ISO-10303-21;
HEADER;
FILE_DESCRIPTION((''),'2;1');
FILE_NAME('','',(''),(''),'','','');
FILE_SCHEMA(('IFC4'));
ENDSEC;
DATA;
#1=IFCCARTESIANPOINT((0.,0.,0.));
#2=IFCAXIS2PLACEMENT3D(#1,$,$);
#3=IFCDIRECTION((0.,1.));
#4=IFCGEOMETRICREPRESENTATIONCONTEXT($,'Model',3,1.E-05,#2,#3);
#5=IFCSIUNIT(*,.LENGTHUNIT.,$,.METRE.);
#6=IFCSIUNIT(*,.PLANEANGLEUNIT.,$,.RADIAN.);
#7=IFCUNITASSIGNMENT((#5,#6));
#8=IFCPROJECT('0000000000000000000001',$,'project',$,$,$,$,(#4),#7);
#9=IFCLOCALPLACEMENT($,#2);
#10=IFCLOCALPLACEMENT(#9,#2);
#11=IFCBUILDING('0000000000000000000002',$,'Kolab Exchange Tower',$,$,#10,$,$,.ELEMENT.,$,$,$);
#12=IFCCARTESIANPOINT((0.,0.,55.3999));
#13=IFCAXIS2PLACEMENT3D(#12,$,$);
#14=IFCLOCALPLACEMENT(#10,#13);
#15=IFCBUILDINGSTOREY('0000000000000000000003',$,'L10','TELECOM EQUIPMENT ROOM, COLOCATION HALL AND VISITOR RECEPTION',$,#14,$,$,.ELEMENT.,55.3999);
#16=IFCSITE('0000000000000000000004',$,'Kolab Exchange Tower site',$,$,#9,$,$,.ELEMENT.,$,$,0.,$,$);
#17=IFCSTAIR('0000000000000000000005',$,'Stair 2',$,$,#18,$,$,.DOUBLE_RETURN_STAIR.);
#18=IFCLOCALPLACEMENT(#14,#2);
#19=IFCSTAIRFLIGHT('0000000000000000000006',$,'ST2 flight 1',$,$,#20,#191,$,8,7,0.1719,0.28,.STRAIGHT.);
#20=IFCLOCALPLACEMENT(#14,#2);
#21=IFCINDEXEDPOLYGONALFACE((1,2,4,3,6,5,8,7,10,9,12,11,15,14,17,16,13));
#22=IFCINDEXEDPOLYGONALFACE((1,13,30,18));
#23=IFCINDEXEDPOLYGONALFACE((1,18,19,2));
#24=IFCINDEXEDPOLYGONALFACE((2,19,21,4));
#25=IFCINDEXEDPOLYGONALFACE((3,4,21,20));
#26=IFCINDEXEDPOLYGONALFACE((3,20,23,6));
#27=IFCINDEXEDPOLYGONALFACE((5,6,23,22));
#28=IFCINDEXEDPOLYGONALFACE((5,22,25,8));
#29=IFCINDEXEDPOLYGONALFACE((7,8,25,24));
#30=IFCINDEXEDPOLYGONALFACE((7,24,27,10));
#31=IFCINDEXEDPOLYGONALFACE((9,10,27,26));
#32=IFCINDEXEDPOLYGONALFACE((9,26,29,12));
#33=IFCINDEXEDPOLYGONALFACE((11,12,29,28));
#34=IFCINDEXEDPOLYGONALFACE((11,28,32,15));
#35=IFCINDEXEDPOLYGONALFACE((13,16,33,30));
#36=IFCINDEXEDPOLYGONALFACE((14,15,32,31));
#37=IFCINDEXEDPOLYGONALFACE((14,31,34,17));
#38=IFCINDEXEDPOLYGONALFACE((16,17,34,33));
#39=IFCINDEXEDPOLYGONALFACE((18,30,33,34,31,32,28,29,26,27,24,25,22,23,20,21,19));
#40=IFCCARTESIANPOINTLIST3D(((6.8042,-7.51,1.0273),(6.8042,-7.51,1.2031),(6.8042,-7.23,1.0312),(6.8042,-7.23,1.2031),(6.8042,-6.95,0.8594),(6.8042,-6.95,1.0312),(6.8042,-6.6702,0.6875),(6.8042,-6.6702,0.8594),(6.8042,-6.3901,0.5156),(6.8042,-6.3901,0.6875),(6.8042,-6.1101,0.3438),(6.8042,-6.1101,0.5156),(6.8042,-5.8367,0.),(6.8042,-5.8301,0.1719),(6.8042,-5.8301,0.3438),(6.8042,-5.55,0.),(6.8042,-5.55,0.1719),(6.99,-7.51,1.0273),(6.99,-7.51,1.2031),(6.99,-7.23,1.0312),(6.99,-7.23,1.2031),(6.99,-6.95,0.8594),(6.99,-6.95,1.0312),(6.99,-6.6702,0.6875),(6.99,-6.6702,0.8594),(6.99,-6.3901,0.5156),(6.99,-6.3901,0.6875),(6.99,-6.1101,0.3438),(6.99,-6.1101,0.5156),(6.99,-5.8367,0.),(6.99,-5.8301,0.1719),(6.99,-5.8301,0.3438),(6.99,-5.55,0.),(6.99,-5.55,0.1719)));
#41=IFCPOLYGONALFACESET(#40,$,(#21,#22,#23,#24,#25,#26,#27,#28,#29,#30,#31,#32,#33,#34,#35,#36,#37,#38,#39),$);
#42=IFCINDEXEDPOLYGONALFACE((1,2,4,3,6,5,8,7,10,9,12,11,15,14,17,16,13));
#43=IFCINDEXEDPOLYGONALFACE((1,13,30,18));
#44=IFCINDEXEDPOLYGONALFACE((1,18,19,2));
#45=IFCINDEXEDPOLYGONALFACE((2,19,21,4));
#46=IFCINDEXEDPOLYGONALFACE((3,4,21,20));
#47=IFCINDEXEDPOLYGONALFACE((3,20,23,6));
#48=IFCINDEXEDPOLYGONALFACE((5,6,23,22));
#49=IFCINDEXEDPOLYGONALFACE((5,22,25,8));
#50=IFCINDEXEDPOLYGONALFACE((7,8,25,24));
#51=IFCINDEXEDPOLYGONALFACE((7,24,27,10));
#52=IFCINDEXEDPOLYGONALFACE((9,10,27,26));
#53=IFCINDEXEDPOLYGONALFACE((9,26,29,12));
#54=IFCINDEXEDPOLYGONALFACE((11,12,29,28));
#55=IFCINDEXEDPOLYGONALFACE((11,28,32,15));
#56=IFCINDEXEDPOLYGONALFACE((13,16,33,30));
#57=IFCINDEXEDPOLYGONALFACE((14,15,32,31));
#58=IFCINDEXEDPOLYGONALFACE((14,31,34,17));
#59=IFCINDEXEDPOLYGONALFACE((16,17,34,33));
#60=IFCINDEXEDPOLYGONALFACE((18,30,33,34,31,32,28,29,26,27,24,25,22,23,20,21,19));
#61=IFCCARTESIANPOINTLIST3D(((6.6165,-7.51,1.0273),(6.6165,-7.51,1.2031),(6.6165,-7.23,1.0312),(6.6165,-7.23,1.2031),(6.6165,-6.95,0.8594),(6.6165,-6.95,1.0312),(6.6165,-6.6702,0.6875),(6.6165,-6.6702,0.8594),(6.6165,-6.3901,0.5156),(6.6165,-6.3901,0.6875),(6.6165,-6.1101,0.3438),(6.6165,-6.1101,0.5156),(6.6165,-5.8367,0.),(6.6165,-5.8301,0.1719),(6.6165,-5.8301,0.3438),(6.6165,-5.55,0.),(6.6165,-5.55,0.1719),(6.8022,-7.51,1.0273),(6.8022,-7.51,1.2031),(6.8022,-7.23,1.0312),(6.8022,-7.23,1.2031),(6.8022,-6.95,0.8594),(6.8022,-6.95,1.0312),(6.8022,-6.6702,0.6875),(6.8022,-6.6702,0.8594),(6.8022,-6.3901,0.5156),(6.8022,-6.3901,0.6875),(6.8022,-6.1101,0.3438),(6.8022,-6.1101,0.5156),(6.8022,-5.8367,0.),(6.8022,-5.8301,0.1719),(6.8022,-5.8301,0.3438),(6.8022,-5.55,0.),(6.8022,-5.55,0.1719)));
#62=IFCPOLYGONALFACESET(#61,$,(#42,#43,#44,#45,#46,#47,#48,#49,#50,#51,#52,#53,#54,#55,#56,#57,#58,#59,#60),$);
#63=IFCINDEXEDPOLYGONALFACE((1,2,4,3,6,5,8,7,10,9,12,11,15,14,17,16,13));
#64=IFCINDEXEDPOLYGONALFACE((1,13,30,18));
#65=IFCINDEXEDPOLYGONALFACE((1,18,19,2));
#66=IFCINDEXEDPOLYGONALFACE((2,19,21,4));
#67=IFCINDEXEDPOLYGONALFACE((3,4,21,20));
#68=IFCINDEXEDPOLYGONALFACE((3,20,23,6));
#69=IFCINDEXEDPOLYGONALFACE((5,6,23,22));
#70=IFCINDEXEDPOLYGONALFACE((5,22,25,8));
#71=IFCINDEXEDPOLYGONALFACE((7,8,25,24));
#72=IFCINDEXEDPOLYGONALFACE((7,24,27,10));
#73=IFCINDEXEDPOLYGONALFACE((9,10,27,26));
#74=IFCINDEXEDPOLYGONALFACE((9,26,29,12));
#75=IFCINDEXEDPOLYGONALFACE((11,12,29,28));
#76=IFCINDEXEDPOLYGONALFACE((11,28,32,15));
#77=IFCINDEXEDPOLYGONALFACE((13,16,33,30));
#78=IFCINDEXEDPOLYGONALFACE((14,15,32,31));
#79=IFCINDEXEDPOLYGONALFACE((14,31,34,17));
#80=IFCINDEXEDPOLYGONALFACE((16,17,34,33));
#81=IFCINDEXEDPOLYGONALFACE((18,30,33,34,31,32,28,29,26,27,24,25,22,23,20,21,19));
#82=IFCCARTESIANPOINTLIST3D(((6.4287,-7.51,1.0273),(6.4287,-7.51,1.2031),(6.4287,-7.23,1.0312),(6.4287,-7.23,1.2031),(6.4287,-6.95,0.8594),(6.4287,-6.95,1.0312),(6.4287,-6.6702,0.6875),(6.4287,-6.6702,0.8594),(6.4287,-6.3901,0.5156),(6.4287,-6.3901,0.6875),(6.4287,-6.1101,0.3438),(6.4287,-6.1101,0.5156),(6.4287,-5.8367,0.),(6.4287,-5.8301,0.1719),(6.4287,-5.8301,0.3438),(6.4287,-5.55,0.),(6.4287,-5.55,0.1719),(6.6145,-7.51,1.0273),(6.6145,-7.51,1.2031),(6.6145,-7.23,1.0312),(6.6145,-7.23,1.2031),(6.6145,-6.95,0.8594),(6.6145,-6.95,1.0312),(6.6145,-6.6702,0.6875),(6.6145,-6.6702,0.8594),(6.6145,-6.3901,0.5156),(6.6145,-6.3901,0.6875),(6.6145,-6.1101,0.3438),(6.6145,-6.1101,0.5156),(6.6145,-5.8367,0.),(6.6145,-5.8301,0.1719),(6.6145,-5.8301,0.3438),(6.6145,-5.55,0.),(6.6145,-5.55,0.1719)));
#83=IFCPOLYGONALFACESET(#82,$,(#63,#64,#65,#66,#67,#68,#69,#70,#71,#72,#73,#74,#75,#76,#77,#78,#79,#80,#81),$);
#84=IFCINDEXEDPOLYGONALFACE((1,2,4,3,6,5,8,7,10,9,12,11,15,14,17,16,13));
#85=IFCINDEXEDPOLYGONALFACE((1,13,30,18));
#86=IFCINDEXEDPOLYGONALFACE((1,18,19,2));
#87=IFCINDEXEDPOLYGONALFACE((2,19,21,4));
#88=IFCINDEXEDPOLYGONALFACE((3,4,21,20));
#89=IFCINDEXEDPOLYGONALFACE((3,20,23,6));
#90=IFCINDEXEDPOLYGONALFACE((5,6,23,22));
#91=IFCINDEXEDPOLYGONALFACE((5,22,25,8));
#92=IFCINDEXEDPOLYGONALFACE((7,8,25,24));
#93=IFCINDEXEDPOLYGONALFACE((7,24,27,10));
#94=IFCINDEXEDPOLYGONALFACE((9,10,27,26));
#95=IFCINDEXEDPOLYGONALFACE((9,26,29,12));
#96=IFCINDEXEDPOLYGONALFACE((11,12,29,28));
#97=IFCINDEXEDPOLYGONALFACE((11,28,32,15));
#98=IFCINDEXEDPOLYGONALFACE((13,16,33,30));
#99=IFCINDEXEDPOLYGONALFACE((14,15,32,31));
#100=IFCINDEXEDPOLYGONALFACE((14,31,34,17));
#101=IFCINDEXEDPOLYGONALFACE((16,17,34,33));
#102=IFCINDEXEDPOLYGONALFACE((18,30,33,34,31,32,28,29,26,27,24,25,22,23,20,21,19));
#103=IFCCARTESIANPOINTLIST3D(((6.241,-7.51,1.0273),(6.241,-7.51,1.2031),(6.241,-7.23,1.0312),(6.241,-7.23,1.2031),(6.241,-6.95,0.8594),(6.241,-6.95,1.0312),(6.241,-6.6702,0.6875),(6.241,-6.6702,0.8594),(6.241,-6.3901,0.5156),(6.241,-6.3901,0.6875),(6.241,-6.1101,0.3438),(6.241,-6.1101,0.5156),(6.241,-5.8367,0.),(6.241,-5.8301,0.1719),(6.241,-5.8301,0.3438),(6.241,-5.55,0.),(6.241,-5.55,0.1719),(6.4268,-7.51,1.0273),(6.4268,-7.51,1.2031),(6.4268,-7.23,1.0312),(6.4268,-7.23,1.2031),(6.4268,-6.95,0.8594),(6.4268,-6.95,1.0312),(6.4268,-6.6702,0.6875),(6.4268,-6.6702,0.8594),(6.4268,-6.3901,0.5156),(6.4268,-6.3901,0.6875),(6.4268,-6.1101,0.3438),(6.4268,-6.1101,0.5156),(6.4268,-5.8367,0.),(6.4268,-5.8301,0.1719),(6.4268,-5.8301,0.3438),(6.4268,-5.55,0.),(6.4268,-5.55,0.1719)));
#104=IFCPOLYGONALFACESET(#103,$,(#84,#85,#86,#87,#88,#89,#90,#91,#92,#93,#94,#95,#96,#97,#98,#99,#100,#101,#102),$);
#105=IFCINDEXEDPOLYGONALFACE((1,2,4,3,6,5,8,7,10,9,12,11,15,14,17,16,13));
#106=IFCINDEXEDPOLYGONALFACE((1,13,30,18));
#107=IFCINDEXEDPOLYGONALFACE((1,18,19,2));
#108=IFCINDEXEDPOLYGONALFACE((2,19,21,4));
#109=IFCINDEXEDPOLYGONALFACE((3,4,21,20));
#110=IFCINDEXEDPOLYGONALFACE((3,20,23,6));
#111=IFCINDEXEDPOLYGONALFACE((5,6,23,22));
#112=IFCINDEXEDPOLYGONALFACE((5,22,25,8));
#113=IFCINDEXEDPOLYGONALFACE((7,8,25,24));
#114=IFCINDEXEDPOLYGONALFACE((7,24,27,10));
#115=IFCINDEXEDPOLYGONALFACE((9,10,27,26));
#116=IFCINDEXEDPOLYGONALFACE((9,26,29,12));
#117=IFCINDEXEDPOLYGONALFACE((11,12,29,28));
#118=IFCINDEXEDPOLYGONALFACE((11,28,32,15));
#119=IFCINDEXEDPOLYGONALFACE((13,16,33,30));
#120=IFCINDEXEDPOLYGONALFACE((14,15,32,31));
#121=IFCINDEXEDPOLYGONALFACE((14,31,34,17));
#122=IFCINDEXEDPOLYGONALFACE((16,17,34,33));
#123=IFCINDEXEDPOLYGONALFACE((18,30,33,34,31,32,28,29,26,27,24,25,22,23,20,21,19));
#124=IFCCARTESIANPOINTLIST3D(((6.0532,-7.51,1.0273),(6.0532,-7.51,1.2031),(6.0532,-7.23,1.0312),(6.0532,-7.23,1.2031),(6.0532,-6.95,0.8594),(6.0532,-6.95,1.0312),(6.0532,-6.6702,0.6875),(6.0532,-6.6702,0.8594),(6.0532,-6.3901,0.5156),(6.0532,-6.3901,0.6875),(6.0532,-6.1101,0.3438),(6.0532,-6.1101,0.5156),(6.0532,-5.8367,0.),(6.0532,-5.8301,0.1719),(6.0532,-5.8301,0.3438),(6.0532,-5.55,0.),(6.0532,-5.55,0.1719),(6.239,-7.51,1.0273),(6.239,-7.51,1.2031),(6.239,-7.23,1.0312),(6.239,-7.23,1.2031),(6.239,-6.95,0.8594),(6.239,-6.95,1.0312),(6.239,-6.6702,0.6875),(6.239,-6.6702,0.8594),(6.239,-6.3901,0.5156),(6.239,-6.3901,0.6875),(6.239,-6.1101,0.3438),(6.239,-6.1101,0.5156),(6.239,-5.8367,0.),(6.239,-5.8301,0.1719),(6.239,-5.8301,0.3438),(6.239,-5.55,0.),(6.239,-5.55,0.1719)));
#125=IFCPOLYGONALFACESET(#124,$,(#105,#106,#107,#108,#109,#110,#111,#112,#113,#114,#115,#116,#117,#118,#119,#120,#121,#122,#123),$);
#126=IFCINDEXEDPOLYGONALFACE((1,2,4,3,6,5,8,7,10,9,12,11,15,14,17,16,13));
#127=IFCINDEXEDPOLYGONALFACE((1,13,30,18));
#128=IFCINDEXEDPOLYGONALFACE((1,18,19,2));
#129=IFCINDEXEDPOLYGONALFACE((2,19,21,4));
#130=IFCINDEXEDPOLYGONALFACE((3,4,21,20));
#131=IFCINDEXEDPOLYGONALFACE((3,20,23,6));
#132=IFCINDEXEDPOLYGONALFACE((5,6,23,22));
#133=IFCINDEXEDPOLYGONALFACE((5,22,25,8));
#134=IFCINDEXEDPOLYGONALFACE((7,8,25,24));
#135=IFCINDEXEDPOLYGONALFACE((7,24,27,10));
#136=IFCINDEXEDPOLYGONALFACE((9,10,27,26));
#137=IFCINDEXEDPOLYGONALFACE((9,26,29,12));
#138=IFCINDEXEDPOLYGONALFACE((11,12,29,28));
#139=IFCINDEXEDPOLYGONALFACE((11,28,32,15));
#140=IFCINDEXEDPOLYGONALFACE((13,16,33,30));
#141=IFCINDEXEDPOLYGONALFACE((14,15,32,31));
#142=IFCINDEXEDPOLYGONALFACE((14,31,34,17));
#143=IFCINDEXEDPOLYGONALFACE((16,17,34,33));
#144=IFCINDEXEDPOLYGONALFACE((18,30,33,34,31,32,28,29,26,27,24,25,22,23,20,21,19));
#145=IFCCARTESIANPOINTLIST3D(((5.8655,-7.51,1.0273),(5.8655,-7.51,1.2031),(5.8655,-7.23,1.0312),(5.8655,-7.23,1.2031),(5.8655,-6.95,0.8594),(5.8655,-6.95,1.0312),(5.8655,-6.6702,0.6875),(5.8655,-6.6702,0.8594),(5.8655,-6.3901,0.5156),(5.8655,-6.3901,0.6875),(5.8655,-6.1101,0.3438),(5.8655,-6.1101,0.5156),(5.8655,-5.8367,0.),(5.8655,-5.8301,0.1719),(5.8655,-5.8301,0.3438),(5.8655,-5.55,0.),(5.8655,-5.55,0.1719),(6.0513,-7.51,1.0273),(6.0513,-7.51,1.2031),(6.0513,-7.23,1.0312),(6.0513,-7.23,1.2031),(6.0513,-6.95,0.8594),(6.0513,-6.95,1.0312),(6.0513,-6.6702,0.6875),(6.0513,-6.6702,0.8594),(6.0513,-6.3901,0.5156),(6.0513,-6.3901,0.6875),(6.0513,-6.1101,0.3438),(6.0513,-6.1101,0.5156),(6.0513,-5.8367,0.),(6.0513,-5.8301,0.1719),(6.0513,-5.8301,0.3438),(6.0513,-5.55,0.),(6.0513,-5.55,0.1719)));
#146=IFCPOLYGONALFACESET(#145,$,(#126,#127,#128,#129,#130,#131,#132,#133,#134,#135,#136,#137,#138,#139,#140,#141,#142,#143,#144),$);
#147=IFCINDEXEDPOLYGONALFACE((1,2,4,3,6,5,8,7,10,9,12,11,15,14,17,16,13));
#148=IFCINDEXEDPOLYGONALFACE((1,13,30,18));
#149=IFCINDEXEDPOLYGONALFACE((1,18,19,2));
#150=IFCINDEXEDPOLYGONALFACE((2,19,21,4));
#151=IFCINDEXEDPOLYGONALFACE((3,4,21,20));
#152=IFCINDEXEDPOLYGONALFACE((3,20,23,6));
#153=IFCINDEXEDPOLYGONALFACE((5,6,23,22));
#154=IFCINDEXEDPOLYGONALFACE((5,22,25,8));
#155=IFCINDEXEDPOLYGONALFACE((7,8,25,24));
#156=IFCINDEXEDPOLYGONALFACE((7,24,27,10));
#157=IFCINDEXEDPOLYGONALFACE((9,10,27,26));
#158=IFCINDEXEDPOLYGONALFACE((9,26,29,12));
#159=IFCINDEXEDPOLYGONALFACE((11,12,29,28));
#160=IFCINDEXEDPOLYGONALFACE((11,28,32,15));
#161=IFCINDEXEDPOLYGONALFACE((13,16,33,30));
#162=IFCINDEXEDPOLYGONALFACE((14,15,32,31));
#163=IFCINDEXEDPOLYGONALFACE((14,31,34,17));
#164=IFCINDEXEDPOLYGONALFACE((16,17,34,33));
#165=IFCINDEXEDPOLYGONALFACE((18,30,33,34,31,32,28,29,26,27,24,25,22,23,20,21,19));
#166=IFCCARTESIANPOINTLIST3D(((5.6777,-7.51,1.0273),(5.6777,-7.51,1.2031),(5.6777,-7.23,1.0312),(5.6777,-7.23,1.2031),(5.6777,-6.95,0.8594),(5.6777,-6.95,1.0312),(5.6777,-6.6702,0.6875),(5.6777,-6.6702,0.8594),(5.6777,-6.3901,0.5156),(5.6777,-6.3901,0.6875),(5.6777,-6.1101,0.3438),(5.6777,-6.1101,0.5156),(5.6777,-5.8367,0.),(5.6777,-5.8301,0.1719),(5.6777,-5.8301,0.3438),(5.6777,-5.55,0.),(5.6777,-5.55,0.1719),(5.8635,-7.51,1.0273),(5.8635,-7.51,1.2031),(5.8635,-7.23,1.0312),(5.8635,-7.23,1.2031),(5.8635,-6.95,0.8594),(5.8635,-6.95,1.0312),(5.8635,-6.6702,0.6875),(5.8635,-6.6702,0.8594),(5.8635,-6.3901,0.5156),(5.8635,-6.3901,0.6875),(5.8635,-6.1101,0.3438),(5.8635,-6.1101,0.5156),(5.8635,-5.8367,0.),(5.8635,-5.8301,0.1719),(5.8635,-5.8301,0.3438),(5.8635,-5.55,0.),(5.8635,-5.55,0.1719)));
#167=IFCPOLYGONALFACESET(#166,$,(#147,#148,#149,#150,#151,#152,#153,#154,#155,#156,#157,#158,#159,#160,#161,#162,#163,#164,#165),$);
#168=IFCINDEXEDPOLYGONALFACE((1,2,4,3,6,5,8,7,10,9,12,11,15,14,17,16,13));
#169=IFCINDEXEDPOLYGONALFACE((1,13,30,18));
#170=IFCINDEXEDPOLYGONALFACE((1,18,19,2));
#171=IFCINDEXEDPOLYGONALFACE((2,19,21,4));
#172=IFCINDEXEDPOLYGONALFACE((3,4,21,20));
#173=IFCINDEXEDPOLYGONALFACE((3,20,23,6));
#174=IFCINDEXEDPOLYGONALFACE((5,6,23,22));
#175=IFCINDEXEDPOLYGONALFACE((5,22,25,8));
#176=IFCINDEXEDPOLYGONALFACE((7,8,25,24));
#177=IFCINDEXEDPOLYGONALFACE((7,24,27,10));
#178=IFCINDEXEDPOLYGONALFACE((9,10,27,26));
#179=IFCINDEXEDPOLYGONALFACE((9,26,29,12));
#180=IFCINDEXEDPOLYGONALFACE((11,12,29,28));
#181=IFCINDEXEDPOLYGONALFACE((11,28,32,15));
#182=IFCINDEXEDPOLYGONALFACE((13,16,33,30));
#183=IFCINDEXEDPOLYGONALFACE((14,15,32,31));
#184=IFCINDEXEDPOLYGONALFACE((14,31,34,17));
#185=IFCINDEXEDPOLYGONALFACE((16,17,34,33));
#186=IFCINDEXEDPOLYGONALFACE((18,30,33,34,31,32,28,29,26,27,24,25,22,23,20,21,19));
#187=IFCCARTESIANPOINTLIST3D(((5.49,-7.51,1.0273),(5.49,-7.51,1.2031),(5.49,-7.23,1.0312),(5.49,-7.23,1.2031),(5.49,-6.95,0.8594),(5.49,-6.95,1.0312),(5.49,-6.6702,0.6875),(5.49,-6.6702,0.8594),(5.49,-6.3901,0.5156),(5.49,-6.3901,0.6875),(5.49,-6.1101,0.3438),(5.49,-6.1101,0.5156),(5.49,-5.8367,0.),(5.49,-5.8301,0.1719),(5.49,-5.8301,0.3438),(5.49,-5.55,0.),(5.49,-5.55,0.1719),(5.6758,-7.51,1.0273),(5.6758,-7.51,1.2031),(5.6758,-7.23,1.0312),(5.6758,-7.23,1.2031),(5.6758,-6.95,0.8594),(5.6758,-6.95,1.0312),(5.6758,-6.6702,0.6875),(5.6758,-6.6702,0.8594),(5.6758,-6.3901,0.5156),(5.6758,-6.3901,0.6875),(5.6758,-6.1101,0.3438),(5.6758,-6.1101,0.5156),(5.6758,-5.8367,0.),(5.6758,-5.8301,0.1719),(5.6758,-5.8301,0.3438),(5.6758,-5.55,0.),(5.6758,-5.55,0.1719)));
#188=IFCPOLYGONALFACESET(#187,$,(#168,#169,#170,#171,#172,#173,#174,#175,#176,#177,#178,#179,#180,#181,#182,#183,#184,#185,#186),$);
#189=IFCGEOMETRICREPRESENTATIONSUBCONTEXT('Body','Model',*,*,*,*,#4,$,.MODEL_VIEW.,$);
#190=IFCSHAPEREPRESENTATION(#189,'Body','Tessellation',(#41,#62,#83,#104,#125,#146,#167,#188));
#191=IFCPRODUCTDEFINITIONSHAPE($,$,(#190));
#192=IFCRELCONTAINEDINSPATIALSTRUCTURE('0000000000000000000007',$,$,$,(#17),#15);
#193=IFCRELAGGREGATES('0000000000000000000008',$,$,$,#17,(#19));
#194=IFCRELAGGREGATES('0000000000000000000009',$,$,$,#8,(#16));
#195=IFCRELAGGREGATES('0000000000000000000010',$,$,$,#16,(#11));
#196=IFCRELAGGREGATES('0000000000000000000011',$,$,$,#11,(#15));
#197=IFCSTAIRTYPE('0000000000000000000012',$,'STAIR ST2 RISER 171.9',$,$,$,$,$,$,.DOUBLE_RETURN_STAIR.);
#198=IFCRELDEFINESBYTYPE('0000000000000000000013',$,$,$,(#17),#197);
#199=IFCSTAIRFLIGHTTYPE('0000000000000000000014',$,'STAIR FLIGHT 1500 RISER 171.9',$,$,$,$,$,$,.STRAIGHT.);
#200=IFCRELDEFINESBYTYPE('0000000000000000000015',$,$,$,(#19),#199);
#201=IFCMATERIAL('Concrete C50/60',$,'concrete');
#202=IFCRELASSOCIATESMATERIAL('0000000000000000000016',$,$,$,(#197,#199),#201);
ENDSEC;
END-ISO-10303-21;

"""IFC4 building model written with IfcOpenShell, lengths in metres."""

from ifc_helpers import new_model, si_unit, direction, frame, origin, place, context, subcontext, project, spatial, polyline, outline, extrude, material, type_object, element, aggregate, save


model = new_model("IFC4")

# Units and contexts
model_context = context("Model", 3, precision=1e-05, world=origin(), true_north=direction((0.0, 1.0)))
body_context = subcontext(model_context, "Body", "Model", "MODEL_VIEW")
ifc_project = project(units=[si_unit("LENGTHUNIT", "METRE"), si_unit("PLANEANGLEUNIT", "RADIAN")], contexts=[model_context])

# Site, building, storey
site_placement = place(None, origin())
site = spatial("IfcSite", under=ifc_project, at=site_placement, Name="Kolab Exchange Tower site", CompositionType="ELEMENT", RefElevation=0.0)
building_placement = place(site_placement, origin())
building = spatial("IfcBuilding", under=site, at=building_placement, Name="Kolab Exchange Tower", CompositionType="ELEMENT")
storey_placement = place(building_placement, frame((0.0, 0.0, 55.3999)))
storey = spatial("IfcBuildingStorey", under=building, at=storey_placement, Name="L10", Description="TELECOM EQUIPMENT ROOM, COLOCATION HALL AND VISITOR RECEPTION", CompositionType="ELEMENT", Elevation=55.3999)

# Shared definitions
ifc_material_1 = material(Name="Concrete C50/60", Category="concrete")

# Stair, stair flight
stair_type = type_object("IfcStairType", Name="STAIR ST2 RISER 171.9", PredefinedType="DOUBLE_RETURN_STAIR", material=ifc_material_1)
stair_placement = place(storey_placement, origin())
stair = element("IfcStair", 1, at=stair_placement, inside=storey, type_object=stair_type, Name="Stair 2", PredefinedType="DOUBLE_RETURN_STAIR")
stair_flight_type = type_object("IfcStairFlightType", Name="STAIR FLIGHT 1500 RISER 171.9", PredefinedType="STRAIGHT", material=ifc_material_1)
stair_flight_1_placement = place(storey_placement, frame((6.24, -5.55, 0.0), z_axis=(0.0, 0.0, 1.0), x_axis=(0.0, -1.0, 0.0)))
stair_flight_1 = element("IfcStairFlight", 2, at=stair_flight_1_placement, type_object=stair_flight_type, Name="ST2 flight 1", NumberOfRisers=8, NumberOfTreads=7, PredefinedType="STRAIGHT", RiserHeight=0.1719, TreadLength=0.28, context=body_context, shape_type="SweptSolid", body=[
    extrude(outline(polyline([(0.0, 0.0), (0.0, 0.1719), (0.28, 0.1719), (0.28, 0.3438), (0.5601, 0.3438), (0.5601, 0.5156), (0.8401, 0.5156), (0.8401, 0.6875), (1.1201, 0.6875), (1.1201, 0.8594), (1.3999, 0.8594), (1.3999, 1.0312), (1.6799, 1.0312), (1.6799, 1.2031), (1.96, 1.2031), (1.96, 1.375), (1.96, 1.0273), (0.2866, 0.0), (0.0, 0.0)])), frame((0.0, 0.75, 0.0), z_axis=(0.0, -1.0, 0.0), x_axis=(1.0, 0.0, 0.0)), (0.0, 0.0, 1.0), 0.1858),
    extrude(outline(polyline([(0.0, 0.0), (0.0, 0.1719), (0.28, 0.1719), (0.28, 0.3438), (0.5601, 0.3438), (0.5601, 0.5156), (0.8401, 0.5156), (0.8401, 0.6875), (1.1201, 0.6875), (1.1201, 0.8594), (1.3999, 0.8594), (1.3999, 1.0312), (1.6799, 1.0312), (1.6799, 1.2031), (1.96, 1.2031), (1.96, 1.375), (1.96, 1.0273), (0.2866, 0.0), (0.0, 0.0)])), frame((0.0, 0.5623, 0.0), z_axis=(0.0, -1.0, 0.0), x_axis=(1.0, 0.0, 0.0)), (0.0, 0.0, 1.0), 0.1858),
    extrude(outline(polyline([(0.0, 0.0), (0.0, 0.1719), (0.28, 0.1719), (0.28, 0.3438), (0.5601, 0.3438), (0.5601, 0.5156), (0.8401, 0.5156), (0.8401, 0.6875), (1.1201, 0.6875), (1.1201, 0.8594), (1.3999, 0.8594), (1.3999, 1.0312), (1.6799, 1.0312), (1.6799, 1.2031), (1.96, 1.2031), (1.96, 1.375), (1.96, 1.0273), (0.2866, 0.0), (0.0, 0.0)])), frame((0.0, 0.3745, 0.0), z_axis=(0.0, -1.0, 0.0), x_axis=(1.0, 0.0, 0.0)), (0.0, 0.0, 1.0), 0.1858),
    extrude(outline(polyline([(0.0, 0.0), (0.0, 0.1719), (0.28, 0.1719), (0.28, 0.3438), (0.5601, 0.3438), (0.5601, 0.5156), (0.8401, 0.5156), (0.8401, 0.6875), (1.1201, 0.6875), (1.1201, 0.8594), (1.3999, 0.8594), (1.3999, 1.0312), (1.6799, 1.0312), (1.6799, 1.2031), (1.96, 1.2031), (1.96, 1.375), (1.96, 1.0273), (0.2866, 0.0), (0.0, 0.0)])), frame((0.0, 0.1868, 0.0), z_axis=(0.0, -1.0, 0.0), x_axis=(1.0, 0.0, 0.0)), (0.0, 0.0, 1.0), 0.1858),
    extrude(outline(polyline([(0.0, 0.0), (0.0, 0.1719), (0.28, 0.1719), (0.28, 0.3438), (0.5601, 0.3438), (0.5601, 0.5156), (0.8401, 0.5156), (0.8401, 0.6875), (1.1201, 0.6875), (1.1201, 0.8594), (1.3999, 0.8594), (1.3999, 1.0312), (1.6799, 1.0312), (1.6799, 1.2031), (1.96, 1.2031), (1.96, 1.375), (1.96, 1.0273), (0.2866, 0.0), (0.0, 0.0)])), frame((0.0, -0.001, 0.0), z_axis=(0.0, -1.0, 0.0), x_axis=(1.0, 0.0, 0.0)), (0.0, 0.0, 1.0), 0.1858),
    extrude(outline(polyline([(0.0, 0.0), (0.0, 0.1719), (0.28, 0.1719), (0.28, 0.3438), (0.5601, 0.3438), (0.5601, 0.5156), (0.8401, 0.5156), (0.8401, 0.6875), (1.1201, 0.6875), (1.1201, 0.8594), (1.3999, 0.8594), (1.3999, 1.0312), (1.6799, 1.0312), (1.6799, 1.2031), (1.96, 1.2031), (1.96, 1.375), (1.96, 1.0273), (0.2866, 0.0), (0.0, 0.0)])), frame((0.0, -0.1887, 0.0), z_axis=(0.0, -1.0, 0.0), x_axis=(1.0, 0.0, 0.0)), (0.0, 0.0, 1.0), 0.1858),
    extrude(outline(polyline([(0.0, 0.0), (0.0, 0.1719), (0.28, 0.1719), (0.28, 0.3438), (0.5601, 0.3438), (0.5601, 0.5156), (0.8401, 0.5156), (0.8401, 0.6875), (1.1201, 0.6875), (1.1201, 0.8594), (1.3999, 0.8594), (1.3999, 1.0312), (1.6799, 1.0312), (1.6799, 1.2031), (1.96, 1.2031), (1.96, 1.375), (1.96, 1.0273), (0.2866, 0.0), (0.0, 0.0)])), frame((0.0, -0.3765, 0.0), z_axis=(0.0, -1.0, 0.0), x_axis=(1.0, 0.0, 0.0)), (0.0, 0.0, 1.0), 0.1858),
    extrude(outline(polyline([(0.0, 0.0), (0.0, 0.1719), (0.28, 0.1719), (0.28, 0.3438), (0.5601, 0.3438), (0.5601, 0.5156), (0.8401, 0.5156), (0.8401, 0.6875), (1.1201, 0.6875), (1.1201, 0.8594), (1.3999, 0.8594), (1.3999, 1.0312), (1.6799, 1.0312), (1.6799, 1.2031), (1.96, 1.2031), (1.96, 1.375), (1.96, 1.0273), (0.2866, 0.0), (0.0, 0.0)])), frame((0.0, -0.5642, 0.0), z_axis=(0.0, -1.0, 0.0), x_axis=(1.0, 0.0, 0.0)), (0.0, 0.0, 1.0), 0.1858),
])
aggregate(stair, [stair_flight_1])

save(model, "model.ifc")
